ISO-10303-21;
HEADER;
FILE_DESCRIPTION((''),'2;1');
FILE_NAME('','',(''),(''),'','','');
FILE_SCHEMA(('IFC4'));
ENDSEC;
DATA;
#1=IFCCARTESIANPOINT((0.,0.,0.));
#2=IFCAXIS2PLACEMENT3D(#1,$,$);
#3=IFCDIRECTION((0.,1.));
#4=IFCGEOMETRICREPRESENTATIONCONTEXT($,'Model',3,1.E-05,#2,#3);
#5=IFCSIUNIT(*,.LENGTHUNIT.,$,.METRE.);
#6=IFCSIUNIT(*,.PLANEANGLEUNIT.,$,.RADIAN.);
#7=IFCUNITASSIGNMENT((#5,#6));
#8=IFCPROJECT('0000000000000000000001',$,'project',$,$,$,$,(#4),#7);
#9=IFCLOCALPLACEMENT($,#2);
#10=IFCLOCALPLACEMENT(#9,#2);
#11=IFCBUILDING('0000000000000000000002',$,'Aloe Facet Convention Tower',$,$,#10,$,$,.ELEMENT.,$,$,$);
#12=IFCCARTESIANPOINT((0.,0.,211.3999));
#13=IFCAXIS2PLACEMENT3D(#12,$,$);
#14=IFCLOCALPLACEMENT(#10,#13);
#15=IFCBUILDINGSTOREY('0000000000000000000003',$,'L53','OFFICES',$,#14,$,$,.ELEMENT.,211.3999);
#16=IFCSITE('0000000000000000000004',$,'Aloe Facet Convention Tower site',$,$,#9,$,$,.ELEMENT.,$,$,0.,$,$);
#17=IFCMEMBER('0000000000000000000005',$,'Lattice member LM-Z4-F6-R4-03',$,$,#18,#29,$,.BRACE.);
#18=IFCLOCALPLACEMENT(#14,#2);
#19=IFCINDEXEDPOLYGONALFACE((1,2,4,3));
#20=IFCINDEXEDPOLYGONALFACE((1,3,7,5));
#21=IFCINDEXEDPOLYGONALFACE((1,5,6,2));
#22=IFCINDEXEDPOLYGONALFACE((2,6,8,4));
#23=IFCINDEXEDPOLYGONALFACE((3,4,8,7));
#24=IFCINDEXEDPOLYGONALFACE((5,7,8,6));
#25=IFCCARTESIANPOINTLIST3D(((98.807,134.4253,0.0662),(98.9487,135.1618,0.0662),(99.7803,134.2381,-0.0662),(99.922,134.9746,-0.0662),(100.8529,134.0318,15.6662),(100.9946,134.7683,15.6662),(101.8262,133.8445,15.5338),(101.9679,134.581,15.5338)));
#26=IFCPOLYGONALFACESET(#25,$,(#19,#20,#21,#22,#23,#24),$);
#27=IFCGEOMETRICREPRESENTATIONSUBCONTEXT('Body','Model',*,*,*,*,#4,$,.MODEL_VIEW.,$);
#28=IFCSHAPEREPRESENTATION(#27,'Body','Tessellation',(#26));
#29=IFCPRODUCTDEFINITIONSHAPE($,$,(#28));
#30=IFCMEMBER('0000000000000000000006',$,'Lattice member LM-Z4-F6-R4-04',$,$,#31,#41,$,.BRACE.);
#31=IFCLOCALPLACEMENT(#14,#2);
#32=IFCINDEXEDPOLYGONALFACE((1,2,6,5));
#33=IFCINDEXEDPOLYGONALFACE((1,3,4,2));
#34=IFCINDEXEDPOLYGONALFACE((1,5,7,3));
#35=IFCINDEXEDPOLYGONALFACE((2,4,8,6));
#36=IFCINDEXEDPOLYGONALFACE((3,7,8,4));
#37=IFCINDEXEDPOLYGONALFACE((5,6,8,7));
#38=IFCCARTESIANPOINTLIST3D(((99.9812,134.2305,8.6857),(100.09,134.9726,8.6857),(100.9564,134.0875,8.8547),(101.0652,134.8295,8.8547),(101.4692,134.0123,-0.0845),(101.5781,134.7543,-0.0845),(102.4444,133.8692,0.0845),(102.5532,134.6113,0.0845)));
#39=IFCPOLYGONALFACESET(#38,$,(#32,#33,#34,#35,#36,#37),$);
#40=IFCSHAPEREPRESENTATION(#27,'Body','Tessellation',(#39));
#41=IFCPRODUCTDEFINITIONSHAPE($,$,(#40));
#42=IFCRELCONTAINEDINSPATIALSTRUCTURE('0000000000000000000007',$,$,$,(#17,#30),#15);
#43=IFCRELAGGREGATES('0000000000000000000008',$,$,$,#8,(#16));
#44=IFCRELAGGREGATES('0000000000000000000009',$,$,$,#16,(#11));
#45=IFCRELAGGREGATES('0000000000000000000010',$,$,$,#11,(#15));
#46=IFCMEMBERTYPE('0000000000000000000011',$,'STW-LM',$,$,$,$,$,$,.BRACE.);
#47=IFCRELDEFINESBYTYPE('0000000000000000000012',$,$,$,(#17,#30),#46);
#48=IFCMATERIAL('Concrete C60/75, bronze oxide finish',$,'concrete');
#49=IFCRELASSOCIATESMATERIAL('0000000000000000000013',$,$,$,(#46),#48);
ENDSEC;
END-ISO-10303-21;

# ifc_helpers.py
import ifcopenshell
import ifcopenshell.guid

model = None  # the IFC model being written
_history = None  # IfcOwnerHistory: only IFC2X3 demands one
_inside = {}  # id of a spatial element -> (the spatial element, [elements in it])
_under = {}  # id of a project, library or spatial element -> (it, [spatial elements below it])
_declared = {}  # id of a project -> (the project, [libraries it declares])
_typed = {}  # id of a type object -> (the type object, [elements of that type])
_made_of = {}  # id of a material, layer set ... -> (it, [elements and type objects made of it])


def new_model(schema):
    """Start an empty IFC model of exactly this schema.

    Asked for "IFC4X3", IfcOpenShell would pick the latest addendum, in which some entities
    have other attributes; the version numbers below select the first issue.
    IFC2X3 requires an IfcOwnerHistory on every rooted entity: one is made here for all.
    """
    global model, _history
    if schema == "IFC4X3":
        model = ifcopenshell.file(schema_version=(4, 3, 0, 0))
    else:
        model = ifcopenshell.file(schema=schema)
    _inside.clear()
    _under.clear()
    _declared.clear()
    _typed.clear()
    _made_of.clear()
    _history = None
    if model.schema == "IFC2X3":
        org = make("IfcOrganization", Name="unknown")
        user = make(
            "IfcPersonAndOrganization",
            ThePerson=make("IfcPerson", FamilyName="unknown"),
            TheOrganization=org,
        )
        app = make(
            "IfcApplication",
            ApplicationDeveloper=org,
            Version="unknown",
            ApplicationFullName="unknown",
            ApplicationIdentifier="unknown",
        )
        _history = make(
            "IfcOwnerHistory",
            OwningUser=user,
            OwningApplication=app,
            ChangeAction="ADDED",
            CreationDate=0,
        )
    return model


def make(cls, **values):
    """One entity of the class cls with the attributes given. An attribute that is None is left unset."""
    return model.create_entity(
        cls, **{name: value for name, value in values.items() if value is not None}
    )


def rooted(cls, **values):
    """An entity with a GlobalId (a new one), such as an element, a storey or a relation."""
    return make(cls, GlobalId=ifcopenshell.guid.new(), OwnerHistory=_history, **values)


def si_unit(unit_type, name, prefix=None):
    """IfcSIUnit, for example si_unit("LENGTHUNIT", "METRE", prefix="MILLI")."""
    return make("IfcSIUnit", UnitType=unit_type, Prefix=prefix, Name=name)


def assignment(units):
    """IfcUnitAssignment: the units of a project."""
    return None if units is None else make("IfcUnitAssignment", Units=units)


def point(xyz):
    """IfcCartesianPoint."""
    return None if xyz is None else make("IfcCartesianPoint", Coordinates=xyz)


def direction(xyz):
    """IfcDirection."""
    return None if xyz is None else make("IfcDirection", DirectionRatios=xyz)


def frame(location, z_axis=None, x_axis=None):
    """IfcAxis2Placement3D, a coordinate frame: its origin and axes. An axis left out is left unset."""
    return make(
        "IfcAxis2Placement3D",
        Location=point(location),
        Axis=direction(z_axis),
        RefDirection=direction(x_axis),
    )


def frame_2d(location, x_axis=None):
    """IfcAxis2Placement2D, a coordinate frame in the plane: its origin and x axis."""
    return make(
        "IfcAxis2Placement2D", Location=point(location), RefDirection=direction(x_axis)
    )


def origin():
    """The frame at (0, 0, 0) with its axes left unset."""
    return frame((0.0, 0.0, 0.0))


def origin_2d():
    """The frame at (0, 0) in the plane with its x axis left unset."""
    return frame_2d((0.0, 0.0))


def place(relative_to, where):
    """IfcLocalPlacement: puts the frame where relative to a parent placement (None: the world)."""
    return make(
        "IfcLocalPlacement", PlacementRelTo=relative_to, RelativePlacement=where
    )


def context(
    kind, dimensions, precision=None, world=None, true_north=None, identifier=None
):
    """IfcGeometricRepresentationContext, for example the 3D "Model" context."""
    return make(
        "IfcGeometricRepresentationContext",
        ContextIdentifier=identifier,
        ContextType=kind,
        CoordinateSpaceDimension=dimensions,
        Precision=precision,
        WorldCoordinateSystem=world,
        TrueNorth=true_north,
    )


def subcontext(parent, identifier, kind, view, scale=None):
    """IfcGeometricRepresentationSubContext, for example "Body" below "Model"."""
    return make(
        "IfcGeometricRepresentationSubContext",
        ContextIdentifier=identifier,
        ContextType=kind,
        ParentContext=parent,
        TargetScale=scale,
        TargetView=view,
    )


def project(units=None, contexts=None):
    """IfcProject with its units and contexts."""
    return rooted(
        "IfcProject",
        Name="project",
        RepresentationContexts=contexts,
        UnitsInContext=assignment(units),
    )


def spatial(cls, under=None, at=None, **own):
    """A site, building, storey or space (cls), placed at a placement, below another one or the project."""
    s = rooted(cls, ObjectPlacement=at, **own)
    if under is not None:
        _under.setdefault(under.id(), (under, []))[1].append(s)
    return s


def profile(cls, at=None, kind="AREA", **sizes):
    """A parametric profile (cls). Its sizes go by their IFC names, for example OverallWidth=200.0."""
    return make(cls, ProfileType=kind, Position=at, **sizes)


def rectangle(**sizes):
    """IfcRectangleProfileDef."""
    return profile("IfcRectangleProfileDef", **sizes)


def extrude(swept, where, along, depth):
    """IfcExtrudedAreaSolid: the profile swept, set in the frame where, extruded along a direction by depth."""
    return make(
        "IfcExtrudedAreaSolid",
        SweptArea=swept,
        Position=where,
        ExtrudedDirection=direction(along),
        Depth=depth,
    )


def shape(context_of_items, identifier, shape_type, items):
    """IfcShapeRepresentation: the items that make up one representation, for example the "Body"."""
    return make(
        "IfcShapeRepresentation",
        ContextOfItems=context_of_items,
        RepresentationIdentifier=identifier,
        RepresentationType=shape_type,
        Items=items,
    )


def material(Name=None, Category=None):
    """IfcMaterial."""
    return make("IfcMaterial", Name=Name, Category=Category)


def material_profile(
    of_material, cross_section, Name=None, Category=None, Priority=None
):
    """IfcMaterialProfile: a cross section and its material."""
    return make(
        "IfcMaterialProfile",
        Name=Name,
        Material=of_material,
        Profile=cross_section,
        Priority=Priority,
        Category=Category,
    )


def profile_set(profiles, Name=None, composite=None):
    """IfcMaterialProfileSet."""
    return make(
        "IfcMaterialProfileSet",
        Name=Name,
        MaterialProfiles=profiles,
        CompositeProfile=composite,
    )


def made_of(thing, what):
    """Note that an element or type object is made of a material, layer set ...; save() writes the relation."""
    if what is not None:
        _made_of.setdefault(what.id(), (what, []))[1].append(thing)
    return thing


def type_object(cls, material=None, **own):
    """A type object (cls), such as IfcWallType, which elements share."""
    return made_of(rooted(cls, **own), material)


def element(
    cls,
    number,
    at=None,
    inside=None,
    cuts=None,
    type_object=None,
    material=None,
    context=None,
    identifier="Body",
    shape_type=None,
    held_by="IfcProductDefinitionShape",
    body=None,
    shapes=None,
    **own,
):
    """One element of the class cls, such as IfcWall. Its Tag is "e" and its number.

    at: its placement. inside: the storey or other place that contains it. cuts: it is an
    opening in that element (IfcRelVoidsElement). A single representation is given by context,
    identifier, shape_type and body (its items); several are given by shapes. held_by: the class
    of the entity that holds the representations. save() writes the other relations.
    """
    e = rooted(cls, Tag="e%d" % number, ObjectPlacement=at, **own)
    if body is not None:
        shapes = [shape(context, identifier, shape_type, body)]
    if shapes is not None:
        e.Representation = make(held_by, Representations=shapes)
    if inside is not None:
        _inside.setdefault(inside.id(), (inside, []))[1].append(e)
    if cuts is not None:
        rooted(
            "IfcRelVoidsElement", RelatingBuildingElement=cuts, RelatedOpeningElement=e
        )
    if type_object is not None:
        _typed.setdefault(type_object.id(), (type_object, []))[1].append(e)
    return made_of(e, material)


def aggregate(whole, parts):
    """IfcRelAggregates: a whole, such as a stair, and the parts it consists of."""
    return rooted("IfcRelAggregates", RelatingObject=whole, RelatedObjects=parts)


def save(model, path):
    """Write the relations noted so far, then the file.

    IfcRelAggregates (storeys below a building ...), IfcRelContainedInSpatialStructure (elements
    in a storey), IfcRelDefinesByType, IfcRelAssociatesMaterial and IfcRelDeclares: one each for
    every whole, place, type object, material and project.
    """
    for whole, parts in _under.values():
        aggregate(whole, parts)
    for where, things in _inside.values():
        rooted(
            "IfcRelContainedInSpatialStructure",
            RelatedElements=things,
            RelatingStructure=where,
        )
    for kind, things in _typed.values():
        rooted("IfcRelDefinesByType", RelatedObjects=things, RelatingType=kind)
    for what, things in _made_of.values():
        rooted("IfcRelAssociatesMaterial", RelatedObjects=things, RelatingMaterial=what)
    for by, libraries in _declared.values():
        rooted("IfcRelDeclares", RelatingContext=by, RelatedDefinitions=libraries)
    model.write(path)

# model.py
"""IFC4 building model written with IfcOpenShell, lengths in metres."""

from ifc_helpers import new_model, si_unit, direction, frame, origin, origin_2d, place, context, subcontext, project, spatial, rectangle, extrude, material, material_profile, profile_set, type_object, element, save


model = new_model("IFC4")

# Units and contexts
model_context = context("Model", 3, precision=1e-05, world=origin(), true_north=direction((0.0, 1.0)))
body_context = subcontext(model_context, "Body", "Model", "MODEL_VIEW")
ifc_project = project(units=[si_unit("LENGTHUNIT", "METRE"), si_unit("PLANEANGLEUNIT", "RADIAN")], contexts=[model_context])

# Site, building, storey
site_placement = place(None, origin())
site = spatial("IfcSite", under=ifc_project, at=site_placement, Name="Aloe Facet Convention Tower site", CompositionType="ELEMENT", RefElevation=0.0)
building_placement = place(site_placement, origin())
building = spatial("IfcBuilding", under=site, at=building_placement, Name="Aloe Facet Convention Tower", CompositionType="ELEMENT")
storey_placement = place(building_placement, frame((0.0, 0.0, 211.3999)))
storey = spatial("IfcBuildingStorey", under=building, at=storey_placement, Name="L53", Description="OFFICES", CompositionType="ELEMENT", Elevation=211.3999)

# Members
ifc_material_1 = material(Name="Concrete C60/75, bronze oxide finish", Category="concrete")
ifc_material_profile_1 = material_profile(ifc_material_1, rectangle(XDim=0.75, YDim=1.0, at=origin_2d()), Name="STW-LM")
ifc_profile_set_1 = profile_set([ifc_material_profile_1], Name="Concrete C60/75, bronze oxide finish")
member_type = type_object("IfcMemberType", Name="STW-LM", PredefinedType="BRACE", material=ifc_profile_set_1)
member_1_placement = place(storey_placement, frame((99.3645, 134.7, 0.0), z_axis=(0.129992, -0.025006, 0.9912), x_axis=(0.1889, 0.981996, 0.0)))
element("IfcMember", 1, at=member_1_placement, inside=storey, type_object=member_type, Name="Lattice member LM-Z4-F6-R4-03", PredefinedType="BRACE", context=body_context, shape_type="SweptSolid", body=[
    extrude(rectangle(XDim=0.75, YDim=1.0, at=origin_2d()), origin(), (0.0, 0.0, 1.0), 15.7385),
])
member_2_placement = place(storey_placement, frame((102.0112, 134.3118, 0.0), z_axis=(-0.167227, 0.024529, 0.985613), x_axis=(-0.145125, -0.989413, 0.0)))
element("IfcMember", 2, at=member_2_placement, inside=storey, type_object=member_type, Name="Lattice member LM-Z4-F6-R4-04", PredefinedType="BRACE", context=body_context, shape_type="SweptSolid", body=[
    extrude(rectangle(XDim=0.75, YDim=1.0, at=origin_2d()), origin(), (0.0, 0.0, 1.0), 8.8982),
])

save(model, "model.ifc")
